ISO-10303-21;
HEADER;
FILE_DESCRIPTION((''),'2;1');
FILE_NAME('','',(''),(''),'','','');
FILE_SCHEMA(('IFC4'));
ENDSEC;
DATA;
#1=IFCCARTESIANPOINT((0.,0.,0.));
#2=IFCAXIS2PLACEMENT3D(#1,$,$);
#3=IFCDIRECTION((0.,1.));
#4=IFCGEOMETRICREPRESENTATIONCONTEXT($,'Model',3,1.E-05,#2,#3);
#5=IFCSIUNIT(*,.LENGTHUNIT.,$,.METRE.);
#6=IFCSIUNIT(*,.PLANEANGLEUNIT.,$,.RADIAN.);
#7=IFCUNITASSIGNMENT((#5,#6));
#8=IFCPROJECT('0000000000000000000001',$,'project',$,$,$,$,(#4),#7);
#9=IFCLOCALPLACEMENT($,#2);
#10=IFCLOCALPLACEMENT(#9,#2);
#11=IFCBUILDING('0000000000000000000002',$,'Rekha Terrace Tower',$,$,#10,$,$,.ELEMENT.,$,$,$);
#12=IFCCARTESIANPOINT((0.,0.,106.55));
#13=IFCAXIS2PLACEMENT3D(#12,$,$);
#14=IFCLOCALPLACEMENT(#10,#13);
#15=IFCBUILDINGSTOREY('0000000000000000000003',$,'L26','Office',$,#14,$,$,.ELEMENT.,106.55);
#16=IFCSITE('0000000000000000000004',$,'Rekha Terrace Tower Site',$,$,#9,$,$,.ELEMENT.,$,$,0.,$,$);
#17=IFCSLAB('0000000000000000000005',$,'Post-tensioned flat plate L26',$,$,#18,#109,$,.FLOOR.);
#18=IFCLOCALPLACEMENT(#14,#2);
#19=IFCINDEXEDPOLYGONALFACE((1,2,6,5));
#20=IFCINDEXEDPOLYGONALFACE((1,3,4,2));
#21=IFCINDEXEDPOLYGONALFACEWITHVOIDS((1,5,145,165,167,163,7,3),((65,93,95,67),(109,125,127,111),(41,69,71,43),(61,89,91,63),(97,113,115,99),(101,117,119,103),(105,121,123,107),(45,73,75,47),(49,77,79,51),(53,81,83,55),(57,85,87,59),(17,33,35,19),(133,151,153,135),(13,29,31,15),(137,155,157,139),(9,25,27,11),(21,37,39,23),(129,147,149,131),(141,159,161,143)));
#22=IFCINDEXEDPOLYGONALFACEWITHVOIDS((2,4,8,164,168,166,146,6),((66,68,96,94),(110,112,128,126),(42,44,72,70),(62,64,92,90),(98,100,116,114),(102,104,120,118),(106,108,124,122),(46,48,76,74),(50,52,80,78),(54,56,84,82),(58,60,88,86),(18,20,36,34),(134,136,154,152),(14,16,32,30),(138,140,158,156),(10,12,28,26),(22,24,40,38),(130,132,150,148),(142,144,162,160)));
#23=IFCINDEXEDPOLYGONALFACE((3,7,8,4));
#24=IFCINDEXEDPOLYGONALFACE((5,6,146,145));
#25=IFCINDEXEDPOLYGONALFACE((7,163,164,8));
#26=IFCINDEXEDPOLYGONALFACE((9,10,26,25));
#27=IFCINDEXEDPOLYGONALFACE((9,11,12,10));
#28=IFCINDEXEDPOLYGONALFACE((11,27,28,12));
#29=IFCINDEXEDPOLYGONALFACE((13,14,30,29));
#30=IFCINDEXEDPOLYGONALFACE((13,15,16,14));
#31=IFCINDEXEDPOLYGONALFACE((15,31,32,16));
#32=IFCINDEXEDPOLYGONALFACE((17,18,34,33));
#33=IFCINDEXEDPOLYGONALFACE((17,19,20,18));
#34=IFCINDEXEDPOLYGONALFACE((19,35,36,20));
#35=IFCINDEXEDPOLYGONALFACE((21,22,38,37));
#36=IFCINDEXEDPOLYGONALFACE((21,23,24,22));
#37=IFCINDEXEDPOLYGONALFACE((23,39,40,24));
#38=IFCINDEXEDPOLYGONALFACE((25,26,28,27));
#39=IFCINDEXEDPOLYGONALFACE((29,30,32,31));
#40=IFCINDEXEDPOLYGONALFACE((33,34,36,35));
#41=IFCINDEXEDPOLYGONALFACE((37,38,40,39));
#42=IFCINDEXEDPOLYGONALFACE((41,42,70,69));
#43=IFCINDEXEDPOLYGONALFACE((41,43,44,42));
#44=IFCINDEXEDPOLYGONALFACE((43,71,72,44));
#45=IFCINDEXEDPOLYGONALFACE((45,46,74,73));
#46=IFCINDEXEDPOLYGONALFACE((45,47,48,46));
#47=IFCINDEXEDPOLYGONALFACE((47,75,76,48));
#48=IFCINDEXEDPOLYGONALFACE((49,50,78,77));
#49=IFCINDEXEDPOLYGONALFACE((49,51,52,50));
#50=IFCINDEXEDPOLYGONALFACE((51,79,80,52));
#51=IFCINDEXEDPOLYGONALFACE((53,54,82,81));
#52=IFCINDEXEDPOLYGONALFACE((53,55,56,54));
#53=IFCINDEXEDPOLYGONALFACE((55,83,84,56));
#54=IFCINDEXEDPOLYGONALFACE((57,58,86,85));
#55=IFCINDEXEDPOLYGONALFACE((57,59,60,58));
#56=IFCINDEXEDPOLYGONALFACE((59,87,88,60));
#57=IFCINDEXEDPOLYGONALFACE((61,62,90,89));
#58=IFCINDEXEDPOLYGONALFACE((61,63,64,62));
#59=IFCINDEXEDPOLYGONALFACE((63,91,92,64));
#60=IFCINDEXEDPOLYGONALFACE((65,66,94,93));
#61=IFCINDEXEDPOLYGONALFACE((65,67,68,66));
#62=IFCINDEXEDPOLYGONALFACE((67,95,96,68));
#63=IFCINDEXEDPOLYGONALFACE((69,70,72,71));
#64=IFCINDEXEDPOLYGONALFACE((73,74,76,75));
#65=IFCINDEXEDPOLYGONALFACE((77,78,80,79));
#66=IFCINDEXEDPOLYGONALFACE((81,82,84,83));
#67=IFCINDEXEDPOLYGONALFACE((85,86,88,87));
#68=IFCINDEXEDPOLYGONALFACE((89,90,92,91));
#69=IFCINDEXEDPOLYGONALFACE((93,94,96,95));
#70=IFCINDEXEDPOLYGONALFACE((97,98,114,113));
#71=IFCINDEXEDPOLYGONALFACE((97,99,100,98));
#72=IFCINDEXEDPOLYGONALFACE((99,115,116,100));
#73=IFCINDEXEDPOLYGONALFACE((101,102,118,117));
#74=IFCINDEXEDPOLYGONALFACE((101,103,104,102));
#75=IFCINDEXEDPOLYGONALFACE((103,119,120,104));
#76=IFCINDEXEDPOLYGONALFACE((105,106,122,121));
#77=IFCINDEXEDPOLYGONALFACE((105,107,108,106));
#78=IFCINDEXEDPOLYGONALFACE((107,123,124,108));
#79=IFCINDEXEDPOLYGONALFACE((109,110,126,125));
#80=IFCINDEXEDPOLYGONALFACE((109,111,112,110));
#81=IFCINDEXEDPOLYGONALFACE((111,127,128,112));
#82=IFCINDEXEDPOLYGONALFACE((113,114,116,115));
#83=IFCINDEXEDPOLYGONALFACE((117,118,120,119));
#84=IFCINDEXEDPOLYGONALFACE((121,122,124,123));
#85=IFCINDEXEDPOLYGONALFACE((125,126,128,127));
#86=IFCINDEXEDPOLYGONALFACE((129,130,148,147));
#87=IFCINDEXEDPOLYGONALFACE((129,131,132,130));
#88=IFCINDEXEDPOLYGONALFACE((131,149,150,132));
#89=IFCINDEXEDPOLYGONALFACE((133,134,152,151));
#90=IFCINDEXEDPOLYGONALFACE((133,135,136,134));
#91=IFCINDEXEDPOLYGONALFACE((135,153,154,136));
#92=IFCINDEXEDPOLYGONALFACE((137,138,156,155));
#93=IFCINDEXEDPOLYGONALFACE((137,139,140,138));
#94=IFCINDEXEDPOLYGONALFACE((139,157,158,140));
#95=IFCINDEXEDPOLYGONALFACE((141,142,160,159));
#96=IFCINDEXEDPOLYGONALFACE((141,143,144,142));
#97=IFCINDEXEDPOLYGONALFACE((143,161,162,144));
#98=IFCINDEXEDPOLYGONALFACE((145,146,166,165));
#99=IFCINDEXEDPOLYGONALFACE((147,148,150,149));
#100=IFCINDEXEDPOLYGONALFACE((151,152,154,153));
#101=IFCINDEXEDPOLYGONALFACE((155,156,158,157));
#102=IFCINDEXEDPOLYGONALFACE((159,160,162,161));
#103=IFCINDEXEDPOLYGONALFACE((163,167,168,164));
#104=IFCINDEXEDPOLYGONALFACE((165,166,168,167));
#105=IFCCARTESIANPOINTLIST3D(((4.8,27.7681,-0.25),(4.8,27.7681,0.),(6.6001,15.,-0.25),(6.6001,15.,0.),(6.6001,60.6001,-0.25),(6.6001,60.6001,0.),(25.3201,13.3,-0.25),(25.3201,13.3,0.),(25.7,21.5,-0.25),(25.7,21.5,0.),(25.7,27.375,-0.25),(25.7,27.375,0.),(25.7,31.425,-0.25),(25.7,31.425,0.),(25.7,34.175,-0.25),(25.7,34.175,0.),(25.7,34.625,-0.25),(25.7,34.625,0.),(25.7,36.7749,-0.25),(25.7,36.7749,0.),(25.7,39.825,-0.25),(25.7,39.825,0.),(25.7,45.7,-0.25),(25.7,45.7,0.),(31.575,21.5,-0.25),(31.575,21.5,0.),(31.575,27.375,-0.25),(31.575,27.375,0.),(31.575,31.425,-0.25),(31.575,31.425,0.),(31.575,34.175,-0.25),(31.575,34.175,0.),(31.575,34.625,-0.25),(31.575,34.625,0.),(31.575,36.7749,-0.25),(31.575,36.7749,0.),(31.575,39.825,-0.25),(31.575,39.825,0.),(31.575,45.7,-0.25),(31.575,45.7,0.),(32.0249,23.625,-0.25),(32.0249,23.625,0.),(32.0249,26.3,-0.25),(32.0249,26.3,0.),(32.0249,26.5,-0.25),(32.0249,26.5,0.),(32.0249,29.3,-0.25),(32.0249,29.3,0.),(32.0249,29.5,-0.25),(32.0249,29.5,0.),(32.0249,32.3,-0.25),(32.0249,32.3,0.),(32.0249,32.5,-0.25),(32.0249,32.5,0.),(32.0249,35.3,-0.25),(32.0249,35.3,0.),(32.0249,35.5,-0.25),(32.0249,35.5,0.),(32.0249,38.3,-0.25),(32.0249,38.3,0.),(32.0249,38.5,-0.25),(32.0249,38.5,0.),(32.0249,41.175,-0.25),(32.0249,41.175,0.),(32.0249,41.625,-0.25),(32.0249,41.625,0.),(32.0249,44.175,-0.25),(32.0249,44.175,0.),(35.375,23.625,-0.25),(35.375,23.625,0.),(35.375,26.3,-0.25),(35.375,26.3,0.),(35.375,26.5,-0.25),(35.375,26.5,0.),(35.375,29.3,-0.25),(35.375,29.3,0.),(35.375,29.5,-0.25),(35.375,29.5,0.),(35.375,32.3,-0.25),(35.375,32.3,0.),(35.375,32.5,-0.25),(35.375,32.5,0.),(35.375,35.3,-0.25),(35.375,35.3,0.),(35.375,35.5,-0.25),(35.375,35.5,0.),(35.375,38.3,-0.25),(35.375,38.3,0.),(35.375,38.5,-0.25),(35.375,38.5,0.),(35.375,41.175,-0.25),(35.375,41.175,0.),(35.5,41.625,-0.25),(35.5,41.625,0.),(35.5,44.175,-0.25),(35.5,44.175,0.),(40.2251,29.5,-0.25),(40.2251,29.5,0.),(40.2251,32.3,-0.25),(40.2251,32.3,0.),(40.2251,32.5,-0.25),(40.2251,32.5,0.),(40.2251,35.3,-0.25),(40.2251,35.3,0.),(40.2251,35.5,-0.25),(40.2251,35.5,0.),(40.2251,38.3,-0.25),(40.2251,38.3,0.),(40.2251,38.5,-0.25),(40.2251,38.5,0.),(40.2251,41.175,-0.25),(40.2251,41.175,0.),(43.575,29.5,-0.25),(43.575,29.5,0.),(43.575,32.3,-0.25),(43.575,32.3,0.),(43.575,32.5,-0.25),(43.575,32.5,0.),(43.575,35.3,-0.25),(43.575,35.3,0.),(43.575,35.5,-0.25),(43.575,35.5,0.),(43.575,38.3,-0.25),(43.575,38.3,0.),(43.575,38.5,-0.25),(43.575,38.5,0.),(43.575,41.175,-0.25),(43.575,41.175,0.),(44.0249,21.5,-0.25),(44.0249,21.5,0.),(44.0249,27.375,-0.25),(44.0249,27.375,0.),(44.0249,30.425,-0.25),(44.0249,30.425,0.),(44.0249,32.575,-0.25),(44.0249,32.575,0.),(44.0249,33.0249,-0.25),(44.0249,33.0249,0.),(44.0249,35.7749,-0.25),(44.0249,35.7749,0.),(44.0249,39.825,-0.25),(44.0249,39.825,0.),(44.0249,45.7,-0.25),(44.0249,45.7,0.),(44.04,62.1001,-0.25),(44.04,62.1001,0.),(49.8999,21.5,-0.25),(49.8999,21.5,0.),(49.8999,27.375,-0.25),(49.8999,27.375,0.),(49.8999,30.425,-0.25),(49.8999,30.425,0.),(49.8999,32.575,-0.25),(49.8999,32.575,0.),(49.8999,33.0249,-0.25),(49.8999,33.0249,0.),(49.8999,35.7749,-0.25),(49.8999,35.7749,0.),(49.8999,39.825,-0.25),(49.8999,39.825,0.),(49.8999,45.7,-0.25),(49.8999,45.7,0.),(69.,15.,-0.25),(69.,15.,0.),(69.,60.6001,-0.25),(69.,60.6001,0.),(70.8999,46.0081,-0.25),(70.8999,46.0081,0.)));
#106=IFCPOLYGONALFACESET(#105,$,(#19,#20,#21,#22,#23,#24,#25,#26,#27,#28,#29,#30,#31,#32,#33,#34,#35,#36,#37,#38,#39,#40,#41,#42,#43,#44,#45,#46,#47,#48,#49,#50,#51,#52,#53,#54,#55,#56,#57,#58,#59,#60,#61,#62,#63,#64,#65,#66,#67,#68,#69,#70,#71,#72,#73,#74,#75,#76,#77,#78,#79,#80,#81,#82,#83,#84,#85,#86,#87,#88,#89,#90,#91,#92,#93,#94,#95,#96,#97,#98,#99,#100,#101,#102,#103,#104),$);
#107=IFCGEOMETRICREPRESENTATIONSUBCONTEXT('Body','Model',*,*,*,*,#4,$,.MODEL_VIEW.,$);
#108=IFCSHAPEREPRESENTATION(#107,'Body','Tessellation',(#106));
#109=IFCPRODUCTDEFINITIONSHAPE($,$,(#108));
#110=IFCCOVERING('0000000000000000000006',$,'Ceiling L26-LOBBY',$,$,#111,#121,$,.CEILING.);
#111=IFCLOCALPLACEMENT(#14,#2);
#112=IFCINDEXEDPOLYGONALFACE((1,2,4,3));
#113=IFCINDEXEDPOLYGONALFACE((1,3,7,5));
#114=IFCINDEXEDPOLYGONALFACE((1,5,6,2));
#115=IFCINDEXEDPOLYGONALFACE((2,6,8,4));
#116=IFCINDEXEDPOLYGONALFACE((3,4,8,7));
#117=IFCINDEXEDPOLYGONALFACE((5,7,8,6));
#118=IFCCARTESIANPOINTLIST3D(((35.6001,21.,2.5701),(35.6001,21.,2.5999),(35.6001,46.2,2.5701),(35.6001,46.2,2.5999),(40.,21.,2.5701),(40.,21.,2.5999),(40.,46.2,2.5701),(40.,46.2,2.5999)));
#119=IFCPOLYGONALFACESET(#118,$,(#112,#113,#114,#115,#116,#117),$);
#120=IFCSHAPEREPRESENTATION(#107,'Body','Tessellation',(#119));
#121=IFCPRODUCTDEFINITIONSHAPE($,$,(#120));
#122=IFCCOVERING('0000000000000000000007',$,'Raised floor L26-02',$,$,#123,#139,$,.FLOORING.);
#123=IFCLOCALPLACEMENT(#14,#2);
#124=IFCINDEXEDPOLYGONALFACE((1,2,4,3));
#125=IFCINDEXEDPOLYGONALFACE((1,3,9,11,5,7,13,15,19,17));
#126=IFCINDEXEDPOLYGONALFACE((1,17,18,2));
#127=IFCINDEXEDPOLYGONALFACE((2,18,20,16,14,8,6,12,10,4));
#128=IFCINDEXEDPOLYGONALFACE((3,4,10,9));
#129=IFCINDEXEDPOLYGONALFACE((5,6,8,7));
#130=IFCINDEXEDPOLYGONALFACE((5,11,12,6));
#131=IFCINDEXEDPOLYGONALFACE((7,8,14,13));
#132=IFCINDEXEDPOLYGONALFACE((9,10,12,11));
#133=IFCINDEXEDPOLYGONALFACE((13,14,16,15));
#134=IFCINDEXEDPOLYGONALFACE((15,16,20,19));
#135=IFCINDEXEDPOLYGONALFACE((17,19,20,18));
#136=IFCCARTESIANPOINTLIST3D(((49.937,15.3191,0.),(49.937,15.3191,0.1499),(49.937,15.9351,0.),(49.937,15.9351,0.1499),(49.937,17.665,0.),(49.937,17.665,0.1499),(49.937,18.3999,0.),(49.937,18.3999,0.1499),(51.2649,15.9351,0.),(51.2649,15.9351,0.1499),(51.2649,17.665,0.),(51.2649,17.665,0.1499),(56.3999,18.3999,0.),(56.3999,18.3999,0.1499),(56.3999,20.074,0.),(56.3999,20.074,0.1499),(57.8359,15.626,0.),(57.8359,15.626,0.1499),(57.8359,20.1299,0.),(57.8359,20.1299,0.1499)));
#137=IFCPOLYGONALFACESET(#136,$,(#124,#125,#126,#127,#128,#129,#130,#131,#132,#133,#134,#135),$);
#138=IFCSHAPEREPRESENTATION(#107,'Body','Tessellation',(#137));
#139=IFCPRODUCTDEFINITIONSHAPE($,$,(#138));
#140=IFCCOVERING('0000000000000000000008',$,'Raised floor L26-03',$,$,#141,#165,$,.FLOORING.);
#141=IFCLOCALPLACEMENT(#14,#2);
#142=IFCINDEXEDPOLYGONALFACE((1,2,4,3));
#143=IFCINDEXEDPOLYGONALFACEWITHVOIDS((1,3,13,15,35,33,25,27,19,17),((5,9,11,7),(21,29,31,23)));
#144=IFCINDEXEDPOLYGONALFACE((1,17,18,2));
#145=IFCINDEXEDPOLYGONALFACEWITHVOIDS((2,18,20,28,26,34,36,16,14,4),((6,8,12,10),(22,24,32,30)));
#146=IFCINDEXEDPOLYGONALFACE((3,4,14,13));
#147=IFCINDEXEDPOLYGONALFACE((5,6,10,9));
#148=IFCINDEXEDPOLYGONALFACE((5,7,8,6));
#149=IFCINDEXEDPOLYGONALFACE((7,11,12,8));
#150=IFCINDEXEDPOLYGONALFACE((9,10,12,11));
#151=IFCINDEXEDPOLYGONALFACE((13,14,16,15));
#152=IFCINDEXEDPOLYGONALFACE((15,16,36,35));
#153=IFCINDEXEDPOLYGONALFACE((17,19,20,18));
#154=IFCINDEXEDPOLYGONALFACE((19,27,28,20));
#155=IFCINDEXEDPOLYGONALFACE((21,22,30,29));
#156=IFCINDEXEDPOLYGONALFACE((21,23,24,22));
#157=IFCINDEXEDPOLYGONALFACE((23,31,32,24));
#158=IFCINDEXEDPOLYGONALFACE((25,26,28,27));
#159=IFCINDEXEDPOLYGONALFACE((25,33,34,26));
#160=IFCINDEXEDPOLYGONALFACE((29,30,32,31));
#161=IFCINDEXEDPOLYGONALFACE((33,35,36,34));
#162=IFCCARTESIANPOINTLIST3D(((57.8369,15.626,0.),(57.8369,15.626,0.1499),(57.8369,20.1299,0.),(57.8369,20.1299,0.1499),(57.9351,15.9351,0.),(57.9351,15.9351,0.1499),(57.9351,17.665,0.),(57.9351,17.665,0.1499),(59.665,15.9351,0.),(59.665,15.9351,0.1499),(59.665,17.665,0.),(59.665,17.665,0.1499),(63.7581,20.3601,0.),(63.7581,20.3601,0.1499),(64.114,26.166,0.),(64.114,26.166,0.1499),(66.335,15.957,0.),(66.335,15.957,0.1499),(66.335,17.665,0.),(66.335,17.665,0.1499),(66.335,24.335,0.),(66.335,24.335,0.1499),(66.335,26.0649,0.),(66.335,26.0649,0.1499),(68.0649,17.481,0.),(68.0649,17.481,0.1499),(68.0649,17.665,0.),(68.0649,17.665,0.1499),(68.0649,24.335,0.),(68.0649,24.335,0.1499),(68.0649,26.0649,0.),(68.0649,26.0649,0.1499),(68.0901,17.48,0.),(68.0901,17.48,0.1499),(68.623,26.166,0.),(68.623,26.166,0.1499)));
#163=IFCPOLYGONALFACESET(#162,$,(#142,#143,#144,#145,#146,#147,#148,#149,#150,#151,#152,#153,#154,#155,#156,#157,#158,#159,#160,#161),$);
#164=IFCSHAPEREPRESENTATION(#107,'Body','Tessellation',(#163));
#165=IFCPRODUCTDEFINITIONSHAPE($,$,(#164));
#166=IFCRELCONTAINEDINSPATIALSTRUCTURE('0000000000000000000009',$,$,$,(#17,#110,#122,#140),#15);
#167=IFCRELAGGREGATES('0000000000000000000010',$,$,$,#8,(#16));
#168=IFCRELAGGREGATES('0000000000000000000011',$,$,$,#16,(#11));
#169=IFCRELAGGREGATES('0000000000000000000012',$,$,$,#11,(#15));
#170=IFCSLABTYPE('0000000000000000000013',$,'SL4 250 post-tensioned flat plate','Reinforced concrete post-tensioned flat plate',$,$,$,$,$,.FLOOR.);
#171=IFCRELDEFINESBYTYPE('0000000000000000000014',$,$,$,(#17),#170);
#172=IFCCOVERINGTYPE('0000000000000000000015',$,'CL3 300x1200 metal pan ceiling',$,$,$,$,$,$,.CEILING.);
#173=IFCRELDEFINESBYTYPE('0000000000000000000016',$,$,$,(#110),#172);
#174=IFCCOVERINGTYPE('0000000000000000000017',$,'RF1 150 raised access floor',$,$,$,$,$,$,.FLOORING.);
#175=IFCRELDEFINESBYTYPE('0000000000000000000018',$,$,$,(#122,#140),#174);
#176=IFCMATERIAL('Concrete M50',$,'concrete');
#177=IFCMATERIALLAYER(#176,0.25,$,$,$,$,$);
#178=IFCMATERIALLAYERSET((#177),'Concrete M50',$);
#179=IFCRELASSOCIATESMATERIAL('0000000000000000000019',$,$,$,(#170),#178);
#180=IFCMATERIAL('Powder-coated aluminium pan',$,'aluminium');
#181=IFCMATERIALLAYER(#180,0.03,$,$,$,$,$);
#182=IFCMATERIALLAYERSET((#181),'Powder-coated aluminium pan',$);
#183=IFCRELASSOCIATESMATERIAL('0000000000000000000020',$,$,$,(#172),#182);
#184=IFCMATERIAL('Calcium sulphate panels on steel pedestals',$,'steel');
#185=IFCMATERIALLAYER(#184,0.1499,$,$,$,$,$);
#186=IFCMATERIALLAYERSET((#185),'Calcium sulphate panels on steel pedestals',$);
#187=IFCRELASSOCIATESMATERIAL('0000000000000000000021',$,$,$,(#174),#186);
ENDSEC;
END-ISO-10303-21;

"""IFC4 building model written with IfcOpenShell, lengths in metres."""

from ifc_helpers import new_model, si_unit, direction, frame, origin, place, context, subcontext, project, spatial, polyline, outline, extrude, material, layer, layer_set, type_object, element, save


model = new_model("IFC4")

# Units and contexts
model_context = context("Model", 3, precision=1e-05, world=origin(), true_north=direction((0.0, 1.0)))
body_context = subcontext(model_context, "Body", "Model", "MODEL_VIEW")
ifc_project = project(units=[si_unit("LENGTHUNIT", "METRE"), si_unit("PLANEANGLEUNIT", "RADIAN")], contexts=[model_context])

# Site, building, storey
site_placement = place(None, origin())
site = spatial("IfcSite", under=ifc_project, at=site_placement, Name="Rekha Terrace Tower Site", CompositionType="ELEMENT", RefElevation=0.0)
building_placement = place(site_placement, origin())
building = spatial("IfcBuilding", under=site, at=building_placement, Name="Rekha Terrace Tower", CompositionType="ELEMENT")
storey_placement = place(building_placement, frame((0.0, 0.0, 106.55)))
storey = spatial("IfcBuildingStorey", under=building, at=storey_placement, Name="L26", Description="Office", CompositionType="ELEMENT", Elevation=106.55)

# Slab
ifc_material_1 = material(Name="Concrete M50", Category="concrete")
ifc_layer_1 = layer(ifc_material_1, 0.25)
ifc_layer_set_1 = layer_set([ifc_layer_1], Name="Concrete M50")
slab_type_1 = type_object("IfcSlabType", Name="SL4 250 post-tensioned flat plate", Description="Reinforced concrete post-tensioned flat plate", PredefinedType="FLOOR", material=ifc_layer_set_1)
slab_1_placement = place(storey_placement, frame((0.0, 0.0, -0.25)))
element("IfcSlab", 1, at=slab_1_placement, inside=storey, type_object=slab_type_1, Name="Post-tensioned flat plate L26", PredefinedType="FLOOR", context=body_context, shape_type="SweptSolid", body=[
    extrude(outline(polyline([(4.8, 27.7681), (6.6001, 15.0), (25.3201, 13.3), (69.0, 15.0), (70.8999, 46.0081), (69.0, 60.6001), (44.04, 62.1001), (6.6001, 60.6001), (4.8, 27.7681)]), holes=[polyline([(31.575, 27.375), (31.575, 21.5), (25.7, 21.5), (25.7, 27.375), (31.575, 27.375)]), polyline([(35.375, 26.3), (35.375, 23.625), (32.0249, 23.625), (32.0249, 26.3), (35.375, 26.3)]), polyline([(35.375, 29.3), (35.375, 26.5), (32.0249, 26.5), (32.0249, 29.3), (35.375, 29.3)]), polyline([(35.375, 32.3), (35.375, 29.5), (32.0249, 29.5), (32.0249, 32.3), (35.375, 32.3)]), polyline([(31.575, 34.175), (31.575, 31.425), (25.7, 31.425), (25.7, 34.175), (31.575, 34.175)]), polyline([(35.375, 35.3), (35.375, 32.5), (32.0249, 32.5), (32.0249, 35.3), (35.375, 35.3)]), polyline([(31.575, 36.7749), (31.575, 34.625), (25.7, 34.625), (25.7, 36.7749), (31.575, 36.7749)]), polyline([(35.375, 35.5), (32.0249, 35.5), (32.0249, 38.3), (35.375, 38.3), (35.375, 35.5)]), polyline([(35.375, 38.5), (32.0249, 38.5), (32.0249, 41.175), (35.375, 41.175), (35.375, 38.5)]), polyline([(31.575, 45.7), (31.575, 39.825), (25.7, 39.825), (25.7, 45.7), (31.575, 45.7)]), polyline([(49.8999, 27.375), (49.8999, 21.5), (44.0249, 21.5), (44.0249, 27.375), (49.8999, 27.375)]), polyline([(43.575, 32.3), (43.575, 29.5), (40.2251, 29.5), (40.2251, 32.3), (43.575, 32.3)]), polyline([(49.8999, 30.425), (44.0249, 30.425), (44.0249, 32.575), (49.8999, 32.575), (49.8999, 30.425)]), polyline([(43.575, 32.5), (40.2251, 32.5), (40.2251, 35.3), (43.575, 35.3), (43.575, 32.5)]), polyline([(49.8999, 35.7749), (49.8999, 33.0249), (44.0249, 33.0249), (44.0249, 35.7749), (49.8999, 35.7749)]), polyline([(43.575, 38.3), (43.575, 35.5), (40.2251, 35.5), (40.2251, 38.3), (43.575, 38.3)]), polyline([(43.575, 41.175), (43.575, 38.5), (40.2251, 38.5), (40.2251, 41.175), (43.575, 41.175)]), polyline([(49.8999, 39.825), (44.0249, 39.825), (44.0249, 45.7), (49.8999, 45.7), (49.8999, 39.825)]), polyline([(35.5, 41.625), (32.0249, 41.625), (32.0249, 44.175), (35.5, 44.175), (35.5, 41.625)])]), origin(), (0.0, 0.0, 1.0), 0.25),
])

# Coverings
ifc_material_2 = material(Name="Powder-coated aluminium pan", Category="aluminium")
ifc_layer_2 = layer(ifc_material_2, 0.03)
ifc_layer_set_2 = layer_set([ifc_layer_2], Name="Powder-coated aluminium pan")
covering_type_1 = type_object("IfcCoveringType", Name="CL3 300x1200 metal pan ceiling", PredefinedType="CEILING", material=ifc_layer_set_2)
covering_1_placement = place(storey_placement, frame((0.0, 0.0, 2.5701)))
element("IfcCovering", 2, at=covering_1_placement, inside=storey, type_object=covering_type_1, Name="Ceiling L26-LOBBY", PredefinedType="CEILING", context=body_context, shape_type="SweptSolid", body=[
    extrude(outline(polyline([(40.0, 46.2), (35.6001, 46.2), (35.6001, 21.0), (40.0, 21.0), (40.0, 46.2)])), origin(), (0.0, 0.0, 1.0), 0.0298),
])
ifc_material_3 = material(Name="Calcium sulphate panels on steel pedestals", Category="steel")
ifc_layer_3 = layer(ifc_material_3, 0.1499)
ifc_layer_set_3 = layer_set([ifc_layer_3], Name="Calcium sulphate panels on steel pedestals")
covering_type_2 = type_object("IfcCoveringType", Name="RF1 150 raised access floor", PredefinedType="FLOORING", material=ifc_layer_set_3)
covering_2_placement = place(storey_placement, origin())
element("IfcCovering", 3, at=covering_2_placement, inside=storey, type_object=covering_type_2, Name="Raised floor L26-02", PredefinedType="FLOORING", context=body_context, shape_type="SweptSolid", body=[
    extrude(outline(polyline([(56.3999, 20.074), (56.3999, 18.3999), (49.937, 18.3999), (49.937, 17.665), (51.2649, 17.665), (51.2649, 15.9351), (49.937, 15.9351), (49.937, 15.3191), (57.8359, 15.626), (57.8359, 20.1299), (56.3999, 20.074)])), origin(), (0.0, 0.0, 1.0), 0.1499),
])
covering_3_placement = place(storey_placement, origin())
element("IfcCovering", 4, at=covering_3_placement, inside=storey, type_object=covering_type_2, Name="Raised floor L26-03", PredefinedType="FLOORING", context=body_context, shape_type="SweptSolid", body=[
    extrude(outline(polyline([(64.114, 26.166), (63.7581, 20.3601), (57.8369, 20.1299), (57.8369, 15.626), (66.335, 15.957), (66.335, 17.665), (68.0649, 17.665), (68.0649, 17.481), (68.0901, 17.48), (68.623, 26.166), (64.114, 26.166)]), holes=[polyline([(68.0649, 24.335), (66.335, 24.335), (66.335, 26.0649), (68.0649, 26.0649), (68.0649, 24.335)]), polyline([(59.665, 15.9351), (57.9351, 15.9351), (57.9351, 17.665), (59.665, 17.665), (59.665, 15.9351)])]), origin(), (0.0, 0.0, 1.0), 0.1499),
])

save(model, "model.ifc")
